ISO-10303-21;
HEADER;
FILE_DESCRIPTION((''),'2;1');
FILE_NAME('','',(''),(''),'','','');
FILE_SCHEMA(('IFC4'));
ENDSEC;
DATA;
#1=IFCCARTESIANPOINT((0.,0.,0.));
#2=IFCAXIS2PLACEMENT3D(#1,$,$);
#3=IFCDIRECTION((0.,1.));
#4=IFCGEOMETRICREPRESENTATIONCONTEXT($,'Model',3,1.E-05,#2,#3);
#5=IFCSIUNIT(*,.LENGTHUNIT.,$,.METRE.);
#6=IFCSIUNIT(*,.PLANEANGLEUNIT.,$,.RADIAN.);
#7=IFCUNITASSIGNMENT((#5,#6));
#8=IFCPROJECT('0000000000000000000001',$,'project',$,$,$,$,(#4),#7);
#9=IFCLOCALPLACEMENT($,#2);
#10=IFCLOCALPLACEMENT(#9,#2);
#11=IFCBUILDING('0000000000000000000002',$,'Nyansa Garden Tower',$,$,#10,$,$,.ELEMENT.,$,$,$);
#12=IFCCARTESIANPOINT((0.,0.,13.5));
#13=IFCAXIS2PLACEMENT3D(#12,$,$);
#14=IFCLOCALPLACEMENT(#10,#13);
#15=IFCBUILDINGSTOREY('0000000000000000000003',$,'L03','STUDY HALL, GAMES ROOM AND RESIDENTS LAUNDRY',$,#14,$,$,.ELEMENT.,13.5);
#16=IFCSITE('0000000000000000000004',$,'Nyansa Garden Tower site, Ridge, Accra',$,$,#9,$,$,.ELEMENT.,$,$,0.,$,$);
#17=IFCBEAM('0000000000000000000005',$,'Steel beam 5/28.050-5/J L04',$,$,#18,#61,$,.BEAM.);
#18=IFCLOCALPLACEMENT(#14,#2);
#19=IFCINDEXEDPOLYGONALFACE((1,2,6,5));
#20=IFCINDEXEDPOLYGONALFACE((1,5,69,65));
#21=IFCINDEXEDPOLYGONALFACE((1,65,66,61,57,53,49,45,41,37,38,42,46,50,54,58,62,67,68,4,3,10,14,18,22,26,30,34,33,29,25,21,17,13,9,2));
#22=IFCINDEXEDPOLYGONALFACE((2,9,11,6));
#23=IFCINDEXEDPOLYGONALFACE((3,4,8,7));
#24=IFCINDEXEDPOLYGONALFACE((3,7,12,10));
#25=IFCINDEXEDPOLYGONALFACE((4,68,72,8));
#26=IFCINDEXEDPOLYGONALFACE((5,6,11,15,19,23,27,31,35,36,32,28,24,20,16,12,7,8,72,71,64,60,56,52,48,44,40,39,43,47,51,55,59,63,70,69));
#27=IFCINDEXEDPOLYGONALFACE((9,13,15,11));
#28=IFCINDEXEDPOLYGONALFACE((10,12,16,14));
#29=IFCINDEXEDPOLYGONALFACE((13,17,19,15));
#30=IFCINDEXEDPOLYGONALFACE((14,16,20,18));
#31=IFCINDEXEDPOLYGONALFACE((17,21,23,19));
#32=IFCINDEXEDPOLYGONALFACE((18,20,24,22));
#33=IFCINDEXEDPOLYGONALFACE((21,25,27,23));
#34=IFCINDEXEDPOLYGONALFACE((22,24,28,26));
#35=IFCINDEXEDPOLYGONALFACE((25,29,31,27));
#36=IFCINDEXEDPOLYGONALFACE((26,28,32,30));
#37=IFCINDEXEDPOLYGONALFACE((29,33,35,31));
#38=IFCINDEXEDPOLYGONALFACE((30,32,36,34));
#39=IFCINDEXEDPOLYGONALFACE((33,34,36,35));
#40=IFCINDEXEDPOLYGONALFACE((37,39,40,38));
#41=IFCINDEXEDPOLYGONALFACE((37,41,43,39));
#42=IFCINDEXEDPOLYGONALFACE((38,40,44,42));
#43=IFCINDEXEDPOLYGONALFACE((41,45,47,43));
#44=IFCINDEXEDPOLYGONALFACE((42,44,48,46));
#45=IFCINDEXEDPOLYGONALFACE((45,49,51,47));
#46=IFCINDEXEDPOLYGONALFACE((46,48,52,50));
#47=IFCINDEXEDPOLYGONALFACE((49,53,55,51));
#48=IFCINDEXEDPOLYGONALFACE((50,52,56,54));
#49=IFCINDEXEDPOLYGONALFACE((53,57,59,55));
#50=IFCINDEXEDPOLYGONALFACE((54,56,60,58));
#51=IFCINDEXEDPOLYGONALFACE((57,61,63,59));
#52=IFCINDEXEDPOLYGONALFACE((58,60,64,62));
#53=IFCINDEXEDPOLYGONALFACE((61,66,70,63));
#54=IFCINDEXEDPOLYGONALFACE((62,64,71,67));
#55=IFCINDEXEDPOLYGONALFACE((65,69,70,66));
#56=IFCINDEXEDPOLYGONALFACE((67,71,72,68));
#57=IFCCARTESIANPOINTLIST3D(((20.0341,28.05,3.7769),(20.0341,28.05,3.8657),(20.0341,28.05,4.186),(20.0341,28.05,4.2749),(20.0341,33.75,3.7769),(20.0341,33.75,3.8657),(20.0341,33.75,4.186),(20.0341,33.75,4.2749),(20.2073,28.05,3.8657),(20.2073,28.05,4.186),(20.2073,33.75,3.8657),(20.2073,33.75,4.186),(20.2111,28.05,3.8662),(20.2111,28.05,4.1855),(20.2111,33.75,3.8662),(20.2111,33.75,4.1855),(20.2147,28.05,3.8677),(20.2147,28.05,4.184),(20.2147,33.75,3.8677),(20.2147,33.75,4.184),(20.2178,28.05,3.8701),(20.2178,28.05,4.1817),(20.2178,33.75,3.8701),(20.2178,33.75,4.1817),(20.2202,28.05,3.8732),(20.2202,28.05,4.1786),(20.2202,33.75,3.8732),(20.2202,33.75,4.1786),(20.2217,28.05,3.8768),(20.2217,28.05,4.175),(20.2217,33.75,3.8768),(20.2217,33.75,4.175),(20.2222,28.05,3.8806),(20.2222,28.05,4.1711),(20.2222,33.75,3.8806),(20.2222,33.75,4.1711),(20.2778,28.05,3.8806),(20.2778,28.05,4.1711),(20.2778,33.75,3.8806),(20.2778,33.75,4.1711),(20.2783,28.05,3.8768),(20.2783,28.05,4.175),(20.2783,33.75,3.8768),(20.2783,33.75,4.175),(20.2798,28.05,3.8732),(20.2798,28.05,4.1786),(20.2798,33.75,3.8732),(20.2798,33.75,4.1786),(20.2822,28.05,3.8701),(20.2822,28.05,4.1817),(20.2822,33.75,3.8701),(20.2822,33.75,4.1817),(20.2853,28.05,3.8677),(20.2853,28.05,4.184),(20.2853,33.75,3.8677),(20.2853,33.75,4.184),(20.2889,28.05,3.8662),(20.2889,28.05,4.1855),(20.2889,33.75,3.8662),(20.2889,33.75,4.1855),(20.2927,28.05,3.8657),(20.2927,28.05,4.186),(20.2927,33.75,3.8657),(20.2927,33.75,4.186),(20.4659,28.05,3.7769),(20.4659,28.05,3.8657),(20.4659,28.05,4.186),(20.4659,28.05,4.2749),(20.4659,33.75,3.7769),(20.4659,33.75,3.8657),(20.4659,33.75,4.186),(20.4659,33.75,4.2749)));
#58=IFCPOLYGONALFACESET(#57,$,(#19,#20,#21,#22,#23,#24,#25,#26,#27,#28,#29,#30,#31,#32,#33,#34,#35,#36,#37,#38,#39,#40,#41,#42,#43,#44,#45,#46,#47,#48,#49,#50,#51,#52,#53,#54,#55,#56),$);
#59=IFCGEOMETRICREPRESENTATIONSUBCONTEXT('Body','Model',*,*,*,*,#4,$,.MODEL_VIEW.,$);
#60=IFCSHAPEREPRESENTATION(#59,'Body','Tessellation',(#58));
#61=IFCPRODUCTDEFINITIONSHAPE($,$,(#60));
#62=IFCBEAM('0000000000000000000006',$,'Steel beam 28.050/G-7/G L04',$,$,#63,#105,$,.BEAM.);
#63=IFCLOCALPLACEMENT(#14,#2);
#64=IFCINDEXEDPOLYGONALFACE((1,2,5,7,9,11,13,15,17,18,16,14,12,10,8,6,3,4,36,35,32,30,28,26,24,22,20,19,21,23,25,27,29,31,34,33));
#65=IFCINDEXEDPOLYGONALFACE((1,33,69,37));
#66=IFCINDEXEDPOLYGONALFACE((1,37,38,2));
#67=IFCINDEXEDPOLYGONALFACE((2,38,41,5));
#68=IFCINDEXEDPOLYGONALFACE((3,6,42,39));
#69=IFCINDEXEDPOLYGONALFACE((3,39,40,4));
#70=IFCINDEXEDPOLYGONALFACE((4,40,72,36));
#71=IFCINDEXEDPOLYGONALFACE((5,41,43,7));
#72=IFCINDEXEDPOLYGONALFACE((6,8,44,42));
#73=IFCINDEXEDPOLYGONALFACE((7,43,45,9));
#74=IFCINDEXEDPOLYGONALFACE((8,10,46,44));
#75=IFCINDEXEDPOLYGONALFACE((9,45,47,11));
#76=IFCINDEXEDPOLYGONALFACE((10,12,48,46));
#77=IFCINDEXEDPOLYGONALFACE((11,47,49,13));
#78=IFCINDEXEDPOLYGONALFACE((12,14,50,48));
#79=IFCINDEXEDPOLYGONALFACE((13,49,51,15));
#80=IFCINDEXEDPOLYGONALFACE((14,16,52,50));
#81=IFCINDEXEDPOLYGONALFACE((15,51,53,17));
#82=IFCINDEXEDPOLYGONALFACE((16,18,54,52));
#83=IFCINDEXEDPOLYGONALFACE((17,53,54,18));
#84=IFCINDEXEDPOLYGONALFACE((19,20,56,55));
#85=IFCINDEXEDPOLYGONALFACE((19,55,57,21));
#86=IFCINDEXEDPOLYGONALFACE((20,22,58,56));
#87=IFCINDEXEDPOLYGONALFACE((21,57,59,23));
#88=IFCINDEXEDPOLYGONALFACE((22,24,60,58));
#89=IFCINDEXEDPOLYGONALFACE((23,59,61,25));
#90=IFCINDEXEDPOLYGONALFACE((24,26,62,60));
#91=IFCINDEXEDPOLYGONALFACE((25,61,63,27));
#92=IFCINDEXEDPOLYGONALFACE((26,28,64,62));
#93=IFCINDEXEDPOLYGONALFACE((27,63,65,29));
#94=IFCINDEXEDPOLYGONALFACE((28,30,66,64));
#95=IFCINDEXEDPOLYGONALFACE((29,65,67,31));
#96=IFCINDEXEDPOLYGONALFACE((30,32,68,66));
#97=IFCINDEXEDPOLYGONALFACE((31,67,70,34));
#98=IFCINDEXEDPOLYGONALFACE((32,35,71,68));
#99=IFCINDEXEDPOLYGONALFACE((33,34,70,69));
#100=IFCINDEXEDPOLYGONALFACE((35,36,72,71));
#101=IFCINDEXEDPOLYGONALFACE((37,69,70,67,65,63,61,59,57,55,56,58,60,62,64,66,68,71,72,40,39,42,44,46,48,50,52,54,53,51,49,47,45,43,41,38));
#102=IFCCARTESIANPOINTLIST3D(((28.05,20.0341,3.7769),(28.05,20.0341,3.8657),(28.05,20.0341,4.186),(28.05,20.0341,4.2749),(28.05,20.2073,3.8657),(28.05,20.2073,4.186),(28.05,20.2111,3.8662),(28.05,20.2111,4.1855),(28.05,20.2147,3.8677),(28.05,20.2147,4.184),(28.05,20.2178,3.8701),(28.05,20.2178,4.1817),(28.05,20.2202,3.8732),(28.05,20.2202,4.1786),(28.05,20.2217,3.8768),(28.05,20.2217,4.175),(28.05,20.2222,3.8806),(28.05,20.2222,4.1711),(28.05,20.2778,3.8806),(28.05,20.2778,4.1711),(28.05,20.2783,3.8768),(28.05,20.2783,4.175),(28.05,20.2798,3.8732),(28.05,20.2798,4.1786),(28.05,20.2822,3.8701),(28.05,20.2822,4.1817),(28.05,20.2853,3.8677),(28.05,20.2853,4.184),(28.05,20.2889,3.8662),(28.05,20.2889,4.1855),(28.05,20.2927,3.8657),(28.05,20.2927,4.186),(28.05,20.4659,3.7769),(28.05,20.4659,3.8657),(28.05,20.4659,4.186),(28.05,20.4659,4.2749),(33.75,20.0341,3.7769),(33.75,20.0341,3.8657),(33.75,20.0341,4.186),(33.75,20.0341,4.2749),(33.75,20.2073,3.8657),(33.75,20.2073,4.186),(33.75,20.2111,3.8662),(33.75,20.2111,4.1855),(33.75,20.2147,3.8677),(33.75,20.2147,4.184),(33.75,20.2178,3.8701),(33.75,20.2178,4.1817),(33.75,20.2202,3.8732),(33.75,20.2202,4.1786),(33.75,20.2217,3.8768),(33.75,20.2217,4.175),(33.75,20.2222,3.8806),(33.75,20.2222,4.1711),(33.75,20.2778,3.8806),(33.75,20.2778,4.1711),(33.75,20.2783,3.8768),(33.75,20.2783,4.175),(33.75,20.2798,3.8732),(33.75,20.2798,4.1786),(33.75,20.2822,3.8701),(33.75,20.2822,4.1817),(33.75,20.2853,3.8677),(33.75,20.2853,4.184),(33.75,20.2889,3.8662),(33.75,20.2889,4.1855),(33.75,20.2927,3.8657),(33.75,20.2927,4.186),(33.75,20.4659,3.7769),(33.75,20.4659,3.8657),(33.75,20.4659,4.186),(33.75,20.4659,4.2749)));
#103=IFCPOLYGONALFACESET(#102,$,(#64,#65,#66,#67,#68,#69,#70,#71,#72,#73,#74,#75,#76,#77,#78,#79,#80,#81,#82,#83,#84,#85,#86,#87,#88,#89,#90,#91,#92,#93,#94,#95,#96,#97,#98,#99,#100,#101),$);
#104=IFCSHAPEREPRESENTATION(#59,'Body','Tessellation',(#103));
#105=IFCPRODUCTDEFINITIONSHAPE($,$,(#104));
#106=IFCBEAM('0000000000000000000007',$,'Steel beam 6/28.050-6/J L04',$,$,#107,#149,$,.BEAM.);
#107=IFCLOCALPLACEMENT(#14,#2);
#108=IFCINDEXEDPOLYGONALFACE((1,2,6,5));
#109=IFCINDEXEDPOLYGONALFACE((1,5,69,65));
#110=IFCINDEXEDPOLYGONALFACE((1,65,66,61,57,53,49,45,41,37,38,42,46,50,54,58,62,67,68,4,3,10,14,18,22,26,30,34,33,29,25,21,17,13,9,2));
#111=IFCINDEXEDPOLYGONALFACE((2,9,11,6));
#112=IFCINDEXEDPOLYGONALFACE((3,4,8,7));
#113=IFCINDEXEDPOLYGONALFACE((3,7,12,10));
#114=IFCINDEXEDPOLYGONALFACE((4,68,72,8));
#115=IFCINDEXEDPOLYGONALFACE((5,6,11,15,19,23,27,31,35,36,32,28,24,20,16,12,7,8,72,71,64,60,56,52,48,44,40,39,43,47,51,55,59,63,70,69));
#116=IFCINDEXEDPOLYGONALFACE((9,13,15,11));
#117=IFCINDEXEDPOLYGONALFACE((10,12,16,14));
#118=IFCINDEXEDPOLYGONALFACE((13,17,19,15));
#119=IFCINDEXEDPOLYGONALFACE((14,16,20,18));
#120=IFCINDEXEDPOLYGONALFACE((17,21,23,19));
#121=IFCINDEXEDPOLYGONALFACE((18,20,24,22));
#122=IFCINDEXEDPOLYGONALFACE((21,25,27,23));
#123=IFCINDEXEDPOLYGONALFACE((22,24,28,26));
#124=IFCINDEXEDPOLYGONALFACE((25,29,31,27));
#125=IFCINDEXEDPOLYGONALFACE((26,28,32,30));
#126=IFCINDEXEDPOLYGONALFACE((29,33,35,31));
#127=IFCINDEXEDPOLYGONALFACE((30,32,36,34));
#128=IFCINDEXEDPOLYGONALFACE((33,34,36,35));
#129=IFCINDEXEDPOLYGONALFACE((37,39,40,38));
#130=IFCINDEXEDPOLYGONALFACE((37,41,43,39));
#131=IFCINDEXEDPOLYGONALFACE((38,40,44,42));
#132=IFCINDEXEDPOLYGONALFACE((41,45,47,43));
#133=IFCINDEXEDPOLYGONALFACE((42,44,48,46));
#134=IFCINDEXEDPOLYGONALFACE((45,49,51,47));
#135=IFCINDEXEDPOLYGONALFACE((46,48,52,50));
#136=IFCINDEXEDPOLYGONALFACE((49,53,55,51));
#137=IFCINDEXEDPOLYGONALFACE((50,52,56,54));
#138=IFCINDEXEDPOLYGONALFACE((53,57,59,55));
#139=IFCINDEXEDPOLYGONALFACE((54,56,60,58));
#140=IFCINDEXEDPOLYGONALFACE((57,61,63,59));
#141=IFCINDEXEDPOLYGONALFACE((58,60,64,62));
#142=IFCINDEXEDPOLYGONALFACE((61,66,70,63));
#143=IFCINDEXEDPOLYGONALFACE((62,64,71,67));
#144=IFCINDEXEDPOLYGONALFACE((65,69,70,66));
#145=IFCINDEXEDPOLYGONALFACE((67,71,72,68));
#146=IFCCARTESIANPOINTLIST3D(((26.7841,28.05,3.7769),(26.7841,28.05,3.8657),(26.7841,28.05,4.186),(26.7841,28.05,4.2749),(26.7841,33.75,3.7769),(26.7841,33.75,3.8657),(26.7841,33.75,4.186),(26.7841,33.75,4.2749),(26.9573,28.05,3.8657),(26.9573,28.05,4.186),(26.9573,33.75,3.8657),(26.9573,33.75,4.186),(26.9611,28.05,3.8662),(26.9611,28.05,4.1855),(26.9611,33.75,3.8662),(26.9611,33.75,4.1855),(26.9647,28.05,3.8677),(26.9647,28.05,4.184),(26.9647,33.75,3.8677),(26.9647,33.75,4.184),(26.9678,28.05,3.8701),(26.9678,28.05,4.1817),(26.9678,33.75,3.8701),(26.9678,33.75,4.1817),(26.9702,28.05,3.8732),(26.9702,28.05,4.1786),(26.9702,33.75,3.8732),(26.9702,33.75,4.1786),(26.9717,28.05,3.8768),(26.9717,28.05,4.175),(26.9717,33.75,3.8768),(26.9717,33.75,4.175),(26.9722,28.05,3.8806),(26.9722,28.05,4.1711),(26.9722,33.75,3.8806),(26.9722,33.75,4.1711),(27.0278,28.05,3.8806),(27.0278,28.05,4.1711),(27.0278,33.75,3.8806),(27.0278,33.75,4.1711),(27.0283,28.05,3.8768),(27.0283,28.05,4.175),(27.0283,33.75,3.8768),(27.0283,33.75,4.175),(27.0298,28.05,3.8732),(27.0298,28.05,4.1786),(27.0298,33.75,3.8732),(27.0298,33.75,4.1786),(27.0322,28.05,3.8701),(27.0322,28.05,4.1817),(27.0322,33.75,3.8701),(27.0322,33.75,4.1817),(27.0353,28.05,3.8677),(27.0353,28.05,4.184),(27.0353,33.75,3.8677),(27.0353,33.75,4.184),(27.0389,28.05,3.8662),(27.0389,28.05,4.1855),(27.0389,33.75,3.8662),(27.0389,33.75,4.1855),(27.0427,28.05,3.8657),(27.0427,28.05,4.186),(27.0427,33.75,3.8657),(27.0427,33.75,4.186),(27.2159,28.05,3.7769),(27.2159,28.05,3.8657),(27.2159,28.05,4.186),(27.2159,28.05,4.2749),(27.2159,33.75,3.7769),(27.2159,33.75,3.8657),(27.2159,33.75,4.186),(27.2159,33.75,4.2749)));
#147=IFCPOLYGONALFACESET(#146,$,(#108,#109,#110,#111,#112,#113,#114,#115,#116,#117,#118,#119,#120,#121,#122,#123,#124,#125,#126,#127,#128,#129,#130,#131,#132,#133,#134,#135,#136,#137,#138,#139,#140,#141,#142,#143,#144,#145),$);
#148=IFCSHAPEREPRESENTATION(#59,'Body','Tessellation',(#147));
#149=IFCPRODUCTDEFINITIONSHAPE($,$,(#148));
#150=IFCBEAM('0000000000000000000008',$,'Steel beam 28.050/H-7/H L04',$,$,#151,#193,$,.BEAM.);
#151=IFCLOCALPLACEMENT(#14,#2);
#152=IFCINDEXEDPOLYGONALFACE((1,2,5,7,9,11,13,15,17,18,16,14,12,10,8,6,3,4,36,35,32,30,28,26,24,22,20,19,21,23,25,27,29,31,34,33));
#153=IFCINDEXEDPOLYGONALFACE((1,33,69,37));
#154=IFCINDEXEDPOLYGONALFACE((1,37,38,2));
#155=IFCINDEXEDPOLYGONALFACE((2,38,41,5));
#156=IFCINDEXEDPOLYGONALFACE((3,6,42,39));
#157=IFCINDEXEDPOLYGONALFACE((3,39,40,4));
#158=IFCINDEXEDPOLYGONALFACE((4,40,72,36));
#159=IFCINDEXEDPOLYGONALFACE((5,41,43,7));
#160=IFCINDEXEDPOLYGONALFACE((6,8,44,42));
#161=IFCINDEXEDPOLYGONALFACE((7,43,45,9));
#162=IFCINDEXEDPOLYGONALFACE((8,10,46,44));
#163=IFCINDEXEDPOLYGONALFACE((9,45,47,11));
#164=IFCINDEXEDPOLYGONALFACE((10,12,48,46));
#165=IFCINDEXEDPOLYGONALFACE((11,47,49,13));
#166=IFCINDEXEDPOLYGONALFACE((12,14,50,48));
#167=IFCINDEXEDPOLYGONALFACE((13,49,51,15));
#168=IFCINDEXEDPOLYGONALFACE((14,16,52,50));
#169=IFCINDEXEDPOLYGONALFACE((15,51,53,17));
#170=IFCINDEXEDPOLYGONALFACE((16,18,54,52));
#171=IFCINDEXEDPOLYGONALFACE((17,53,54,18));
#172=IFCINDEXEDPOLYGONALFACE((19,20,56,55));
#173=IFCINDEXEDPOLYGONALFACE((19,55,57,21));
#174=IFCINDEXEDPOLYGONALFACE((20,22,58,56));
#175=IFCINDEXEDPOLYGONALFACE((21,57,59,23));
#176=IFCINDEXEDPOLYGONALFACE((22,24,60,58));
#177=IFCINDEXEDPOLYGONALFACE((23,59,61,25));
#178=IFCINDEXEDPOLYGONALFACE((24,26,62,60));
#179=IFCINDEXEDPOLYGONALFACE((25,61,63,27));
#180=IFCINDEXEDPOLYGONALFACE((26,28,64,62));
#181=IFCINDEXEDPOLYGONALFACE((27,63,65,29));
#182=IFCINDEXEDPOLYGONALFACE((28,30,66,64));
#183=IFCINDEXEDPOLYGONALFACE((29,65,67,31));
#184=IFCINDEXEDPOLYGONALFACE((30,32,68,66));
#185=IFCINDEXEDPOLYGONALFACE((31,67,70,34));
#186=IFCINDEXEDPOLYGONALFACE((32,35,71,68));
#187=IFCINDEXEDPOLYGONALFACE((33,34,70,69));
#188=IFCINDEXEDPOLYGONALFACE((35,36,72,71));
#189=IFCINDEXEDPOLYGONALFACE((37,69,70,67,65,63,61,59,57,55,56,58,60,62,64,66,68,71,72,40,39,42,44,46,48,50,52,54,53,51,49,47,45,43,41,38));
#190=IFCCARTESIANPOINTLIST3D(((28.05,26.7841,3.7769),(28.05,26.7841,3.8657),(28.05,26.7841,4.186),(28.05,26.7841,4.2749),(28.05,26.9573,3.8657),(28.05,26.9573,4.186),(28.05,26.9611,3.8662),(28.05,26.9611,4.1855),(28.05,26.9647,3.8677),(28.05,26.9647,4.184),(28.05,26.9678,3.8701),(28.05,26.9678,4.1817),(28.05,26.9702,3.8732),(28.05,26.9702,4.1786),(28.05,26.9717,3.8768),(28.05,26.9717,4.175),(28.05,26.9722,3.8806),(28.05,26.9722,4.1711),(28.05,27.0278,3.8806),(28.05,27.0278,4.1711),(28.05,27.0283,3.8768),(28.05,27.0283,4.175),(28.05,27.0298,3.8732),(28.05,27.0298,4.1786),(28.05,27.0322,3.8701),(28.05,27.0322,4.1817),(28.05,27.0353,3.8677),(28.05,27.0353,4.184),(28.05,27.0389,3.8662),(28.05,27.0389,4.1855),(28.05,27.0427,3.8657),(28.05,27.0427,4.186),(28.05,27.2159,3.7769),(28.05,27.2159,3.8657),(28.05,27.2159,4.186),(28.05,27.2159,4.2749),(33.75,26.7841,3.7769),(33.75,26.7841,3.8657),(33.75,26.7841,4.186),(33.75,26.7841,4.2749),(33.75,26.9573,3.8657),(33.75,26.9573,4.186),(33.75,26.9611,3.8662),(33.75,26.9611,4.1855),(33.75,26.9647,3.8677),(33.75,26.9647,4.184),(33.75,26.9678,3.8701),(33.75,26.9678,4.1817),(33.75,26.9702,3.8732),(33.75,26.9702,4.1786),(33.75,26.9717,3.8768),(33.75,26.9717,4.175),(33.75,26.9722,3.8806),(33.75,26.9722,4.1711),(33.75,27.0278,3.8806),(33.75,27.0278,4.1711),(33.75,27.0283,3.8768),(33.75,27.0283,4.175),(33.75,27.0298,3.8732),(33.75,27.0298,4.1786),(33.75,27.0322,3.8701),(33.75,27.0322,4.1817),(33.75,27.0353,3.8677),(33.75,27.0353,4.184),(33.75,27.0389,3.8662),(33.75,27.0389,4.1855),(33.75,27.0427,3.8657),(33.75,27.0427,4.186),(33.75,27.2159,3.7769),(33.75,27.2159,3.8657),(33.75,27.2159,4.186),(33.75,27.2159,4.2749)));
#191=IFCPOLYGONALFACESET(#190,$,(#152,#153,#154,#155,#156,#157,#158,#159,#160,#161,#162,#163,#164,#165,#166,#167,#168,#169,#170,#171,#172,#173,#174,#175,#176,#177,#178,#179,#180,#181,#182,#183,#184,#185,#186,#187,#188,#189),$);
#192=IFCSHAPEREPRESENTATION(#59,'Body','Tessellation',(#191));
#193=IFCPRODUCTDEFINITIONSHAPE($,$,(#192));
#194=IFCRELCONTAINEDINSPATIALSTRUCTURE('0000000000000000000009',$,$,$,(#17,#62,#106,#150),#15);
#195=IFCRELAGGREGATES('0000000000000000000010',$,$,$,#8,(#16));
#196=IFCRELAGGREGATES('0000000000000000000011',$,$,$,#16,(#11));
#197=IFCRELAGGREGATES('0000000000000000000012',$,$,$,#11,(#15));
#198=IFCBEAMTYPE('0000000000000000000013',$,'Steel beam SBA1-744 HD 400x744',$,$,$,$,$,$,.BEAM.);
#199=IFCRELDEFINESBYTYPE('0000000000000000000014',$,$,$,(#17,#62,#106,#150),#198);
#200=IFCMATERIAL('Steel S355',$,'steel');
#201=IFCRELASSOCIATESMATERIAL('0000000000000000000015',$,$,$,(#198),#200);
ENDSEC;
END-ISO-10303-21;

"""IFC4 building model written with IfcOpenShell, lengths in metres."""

from ifc_helpers import new_model, si_unit, direction, frame, origin, origin_2d, place, context, subcontext, project, spatial, i_section, extrude, material, material_profile, profile_set, type_object, element, save


model = new_model("IFC4")

# Units and contexts
model_context = context("Model", 3, precision=1e-05, world=origin(), true_north=direction((0.0, 1.0)))
body_context = subcontext(model_context, "Body", "Model", "MODEL_VIEW")
ifc_project = project(units=[si_unit("LENGTHUNIT", "METRE"), si_unit("PLANEANGLEUNIT", "RADIAN")], contexts=[model_context])

# Site, building, storey
site_placement = place(None, origin())
site = spatial("IfcSite", under=ifc_project, at=site_placement, Name="Nyansa Garden Tower site, Ridge, Accra", CompositionType="ELEMENT", RefElevation=0.0)
building_placement = place(site_placement, origin())
building = spatial("IfcBuilding", under=site, at=building_placement, Name="Nyansa Garden Tower", CompositionType="ELEMENT")
storey_placement = place(building_placement, frame((0.0, 0.0, 13.5)))
storey = spatial("IfcBuildingStorey", under=building, at=storey_placement, Name="L03", Description="STUDY HALL, GAMES ROOM AND RESIDENTS LAUNDRY", CompositionType="ELEMENT", Elevation=13.5)

# Beams
ifc_material_1 = material(Name="Steel S355", Category="steel")
ifc_material_profile_1 = material_profile(ifc_material_1, i_section(OverallWidth=0.4319, OverallDepth=0.498, WebThickness=0.0557, FlangeThickness=0.0889, FilletRadius=0.0149, at=origin_2d()), Name="HD 400x744")
ifc_profile_set_1 = profile_set([ifc_material_profile_1], Name="Steel S355")
beam_type_1 = type_object("IfcBeamType", Name="Steel beam SBA1-744 HD 400x744", PredefinedType="BEAM", material=ifc_profile_set_1)
for number, where, z_axis, x_axis, name in (
    (1, (20.25, 28.05, 4.0259), (0.0, 1.0, 0.0), (-1.0, 0.0, 0.0), "Steel beam 5/28.050-5/J L04"),
    (2, (28.05, 20.25, 4.0259), (1.0, 0.0, 0.0), (0.0, 1.0, 0.0), "Steel beam 28.050/G-7/G L04"),
    (3, (27.0, 28.05, 4.0259), (0.0, 1.0, 0.0), (-1.0, 0.0, 0.0), "Steel beam 6/28.050-6/J L04"),
    (4, (28.05, 27.0, 4.0259), (1.0, 0.0, 0.0), (0.0, 1.0, 0.0), "Steel beam 28.050/H-7/H L04"),
):
    element("IfcBeam", number, at=place(storey_placement, frame(where, z_axis=z_axis, x_axis=x_axis)), inside=storey, type_object=beam_type_1, Name=name, PredefinedType="BEAM", context=body_context, shape_type="SweptSolid", body=[
        extrude(i_section(OverallWidth=0.4319, OverallDepth=0.498, WebThickness=0.0557, FlangeThickness=0.0889, FilletRadius=0.0149, at=origin_2d()), origin(), (0.0, 0.0, 1.0), 5.7),
    ])

save(model, "model.ifc")
